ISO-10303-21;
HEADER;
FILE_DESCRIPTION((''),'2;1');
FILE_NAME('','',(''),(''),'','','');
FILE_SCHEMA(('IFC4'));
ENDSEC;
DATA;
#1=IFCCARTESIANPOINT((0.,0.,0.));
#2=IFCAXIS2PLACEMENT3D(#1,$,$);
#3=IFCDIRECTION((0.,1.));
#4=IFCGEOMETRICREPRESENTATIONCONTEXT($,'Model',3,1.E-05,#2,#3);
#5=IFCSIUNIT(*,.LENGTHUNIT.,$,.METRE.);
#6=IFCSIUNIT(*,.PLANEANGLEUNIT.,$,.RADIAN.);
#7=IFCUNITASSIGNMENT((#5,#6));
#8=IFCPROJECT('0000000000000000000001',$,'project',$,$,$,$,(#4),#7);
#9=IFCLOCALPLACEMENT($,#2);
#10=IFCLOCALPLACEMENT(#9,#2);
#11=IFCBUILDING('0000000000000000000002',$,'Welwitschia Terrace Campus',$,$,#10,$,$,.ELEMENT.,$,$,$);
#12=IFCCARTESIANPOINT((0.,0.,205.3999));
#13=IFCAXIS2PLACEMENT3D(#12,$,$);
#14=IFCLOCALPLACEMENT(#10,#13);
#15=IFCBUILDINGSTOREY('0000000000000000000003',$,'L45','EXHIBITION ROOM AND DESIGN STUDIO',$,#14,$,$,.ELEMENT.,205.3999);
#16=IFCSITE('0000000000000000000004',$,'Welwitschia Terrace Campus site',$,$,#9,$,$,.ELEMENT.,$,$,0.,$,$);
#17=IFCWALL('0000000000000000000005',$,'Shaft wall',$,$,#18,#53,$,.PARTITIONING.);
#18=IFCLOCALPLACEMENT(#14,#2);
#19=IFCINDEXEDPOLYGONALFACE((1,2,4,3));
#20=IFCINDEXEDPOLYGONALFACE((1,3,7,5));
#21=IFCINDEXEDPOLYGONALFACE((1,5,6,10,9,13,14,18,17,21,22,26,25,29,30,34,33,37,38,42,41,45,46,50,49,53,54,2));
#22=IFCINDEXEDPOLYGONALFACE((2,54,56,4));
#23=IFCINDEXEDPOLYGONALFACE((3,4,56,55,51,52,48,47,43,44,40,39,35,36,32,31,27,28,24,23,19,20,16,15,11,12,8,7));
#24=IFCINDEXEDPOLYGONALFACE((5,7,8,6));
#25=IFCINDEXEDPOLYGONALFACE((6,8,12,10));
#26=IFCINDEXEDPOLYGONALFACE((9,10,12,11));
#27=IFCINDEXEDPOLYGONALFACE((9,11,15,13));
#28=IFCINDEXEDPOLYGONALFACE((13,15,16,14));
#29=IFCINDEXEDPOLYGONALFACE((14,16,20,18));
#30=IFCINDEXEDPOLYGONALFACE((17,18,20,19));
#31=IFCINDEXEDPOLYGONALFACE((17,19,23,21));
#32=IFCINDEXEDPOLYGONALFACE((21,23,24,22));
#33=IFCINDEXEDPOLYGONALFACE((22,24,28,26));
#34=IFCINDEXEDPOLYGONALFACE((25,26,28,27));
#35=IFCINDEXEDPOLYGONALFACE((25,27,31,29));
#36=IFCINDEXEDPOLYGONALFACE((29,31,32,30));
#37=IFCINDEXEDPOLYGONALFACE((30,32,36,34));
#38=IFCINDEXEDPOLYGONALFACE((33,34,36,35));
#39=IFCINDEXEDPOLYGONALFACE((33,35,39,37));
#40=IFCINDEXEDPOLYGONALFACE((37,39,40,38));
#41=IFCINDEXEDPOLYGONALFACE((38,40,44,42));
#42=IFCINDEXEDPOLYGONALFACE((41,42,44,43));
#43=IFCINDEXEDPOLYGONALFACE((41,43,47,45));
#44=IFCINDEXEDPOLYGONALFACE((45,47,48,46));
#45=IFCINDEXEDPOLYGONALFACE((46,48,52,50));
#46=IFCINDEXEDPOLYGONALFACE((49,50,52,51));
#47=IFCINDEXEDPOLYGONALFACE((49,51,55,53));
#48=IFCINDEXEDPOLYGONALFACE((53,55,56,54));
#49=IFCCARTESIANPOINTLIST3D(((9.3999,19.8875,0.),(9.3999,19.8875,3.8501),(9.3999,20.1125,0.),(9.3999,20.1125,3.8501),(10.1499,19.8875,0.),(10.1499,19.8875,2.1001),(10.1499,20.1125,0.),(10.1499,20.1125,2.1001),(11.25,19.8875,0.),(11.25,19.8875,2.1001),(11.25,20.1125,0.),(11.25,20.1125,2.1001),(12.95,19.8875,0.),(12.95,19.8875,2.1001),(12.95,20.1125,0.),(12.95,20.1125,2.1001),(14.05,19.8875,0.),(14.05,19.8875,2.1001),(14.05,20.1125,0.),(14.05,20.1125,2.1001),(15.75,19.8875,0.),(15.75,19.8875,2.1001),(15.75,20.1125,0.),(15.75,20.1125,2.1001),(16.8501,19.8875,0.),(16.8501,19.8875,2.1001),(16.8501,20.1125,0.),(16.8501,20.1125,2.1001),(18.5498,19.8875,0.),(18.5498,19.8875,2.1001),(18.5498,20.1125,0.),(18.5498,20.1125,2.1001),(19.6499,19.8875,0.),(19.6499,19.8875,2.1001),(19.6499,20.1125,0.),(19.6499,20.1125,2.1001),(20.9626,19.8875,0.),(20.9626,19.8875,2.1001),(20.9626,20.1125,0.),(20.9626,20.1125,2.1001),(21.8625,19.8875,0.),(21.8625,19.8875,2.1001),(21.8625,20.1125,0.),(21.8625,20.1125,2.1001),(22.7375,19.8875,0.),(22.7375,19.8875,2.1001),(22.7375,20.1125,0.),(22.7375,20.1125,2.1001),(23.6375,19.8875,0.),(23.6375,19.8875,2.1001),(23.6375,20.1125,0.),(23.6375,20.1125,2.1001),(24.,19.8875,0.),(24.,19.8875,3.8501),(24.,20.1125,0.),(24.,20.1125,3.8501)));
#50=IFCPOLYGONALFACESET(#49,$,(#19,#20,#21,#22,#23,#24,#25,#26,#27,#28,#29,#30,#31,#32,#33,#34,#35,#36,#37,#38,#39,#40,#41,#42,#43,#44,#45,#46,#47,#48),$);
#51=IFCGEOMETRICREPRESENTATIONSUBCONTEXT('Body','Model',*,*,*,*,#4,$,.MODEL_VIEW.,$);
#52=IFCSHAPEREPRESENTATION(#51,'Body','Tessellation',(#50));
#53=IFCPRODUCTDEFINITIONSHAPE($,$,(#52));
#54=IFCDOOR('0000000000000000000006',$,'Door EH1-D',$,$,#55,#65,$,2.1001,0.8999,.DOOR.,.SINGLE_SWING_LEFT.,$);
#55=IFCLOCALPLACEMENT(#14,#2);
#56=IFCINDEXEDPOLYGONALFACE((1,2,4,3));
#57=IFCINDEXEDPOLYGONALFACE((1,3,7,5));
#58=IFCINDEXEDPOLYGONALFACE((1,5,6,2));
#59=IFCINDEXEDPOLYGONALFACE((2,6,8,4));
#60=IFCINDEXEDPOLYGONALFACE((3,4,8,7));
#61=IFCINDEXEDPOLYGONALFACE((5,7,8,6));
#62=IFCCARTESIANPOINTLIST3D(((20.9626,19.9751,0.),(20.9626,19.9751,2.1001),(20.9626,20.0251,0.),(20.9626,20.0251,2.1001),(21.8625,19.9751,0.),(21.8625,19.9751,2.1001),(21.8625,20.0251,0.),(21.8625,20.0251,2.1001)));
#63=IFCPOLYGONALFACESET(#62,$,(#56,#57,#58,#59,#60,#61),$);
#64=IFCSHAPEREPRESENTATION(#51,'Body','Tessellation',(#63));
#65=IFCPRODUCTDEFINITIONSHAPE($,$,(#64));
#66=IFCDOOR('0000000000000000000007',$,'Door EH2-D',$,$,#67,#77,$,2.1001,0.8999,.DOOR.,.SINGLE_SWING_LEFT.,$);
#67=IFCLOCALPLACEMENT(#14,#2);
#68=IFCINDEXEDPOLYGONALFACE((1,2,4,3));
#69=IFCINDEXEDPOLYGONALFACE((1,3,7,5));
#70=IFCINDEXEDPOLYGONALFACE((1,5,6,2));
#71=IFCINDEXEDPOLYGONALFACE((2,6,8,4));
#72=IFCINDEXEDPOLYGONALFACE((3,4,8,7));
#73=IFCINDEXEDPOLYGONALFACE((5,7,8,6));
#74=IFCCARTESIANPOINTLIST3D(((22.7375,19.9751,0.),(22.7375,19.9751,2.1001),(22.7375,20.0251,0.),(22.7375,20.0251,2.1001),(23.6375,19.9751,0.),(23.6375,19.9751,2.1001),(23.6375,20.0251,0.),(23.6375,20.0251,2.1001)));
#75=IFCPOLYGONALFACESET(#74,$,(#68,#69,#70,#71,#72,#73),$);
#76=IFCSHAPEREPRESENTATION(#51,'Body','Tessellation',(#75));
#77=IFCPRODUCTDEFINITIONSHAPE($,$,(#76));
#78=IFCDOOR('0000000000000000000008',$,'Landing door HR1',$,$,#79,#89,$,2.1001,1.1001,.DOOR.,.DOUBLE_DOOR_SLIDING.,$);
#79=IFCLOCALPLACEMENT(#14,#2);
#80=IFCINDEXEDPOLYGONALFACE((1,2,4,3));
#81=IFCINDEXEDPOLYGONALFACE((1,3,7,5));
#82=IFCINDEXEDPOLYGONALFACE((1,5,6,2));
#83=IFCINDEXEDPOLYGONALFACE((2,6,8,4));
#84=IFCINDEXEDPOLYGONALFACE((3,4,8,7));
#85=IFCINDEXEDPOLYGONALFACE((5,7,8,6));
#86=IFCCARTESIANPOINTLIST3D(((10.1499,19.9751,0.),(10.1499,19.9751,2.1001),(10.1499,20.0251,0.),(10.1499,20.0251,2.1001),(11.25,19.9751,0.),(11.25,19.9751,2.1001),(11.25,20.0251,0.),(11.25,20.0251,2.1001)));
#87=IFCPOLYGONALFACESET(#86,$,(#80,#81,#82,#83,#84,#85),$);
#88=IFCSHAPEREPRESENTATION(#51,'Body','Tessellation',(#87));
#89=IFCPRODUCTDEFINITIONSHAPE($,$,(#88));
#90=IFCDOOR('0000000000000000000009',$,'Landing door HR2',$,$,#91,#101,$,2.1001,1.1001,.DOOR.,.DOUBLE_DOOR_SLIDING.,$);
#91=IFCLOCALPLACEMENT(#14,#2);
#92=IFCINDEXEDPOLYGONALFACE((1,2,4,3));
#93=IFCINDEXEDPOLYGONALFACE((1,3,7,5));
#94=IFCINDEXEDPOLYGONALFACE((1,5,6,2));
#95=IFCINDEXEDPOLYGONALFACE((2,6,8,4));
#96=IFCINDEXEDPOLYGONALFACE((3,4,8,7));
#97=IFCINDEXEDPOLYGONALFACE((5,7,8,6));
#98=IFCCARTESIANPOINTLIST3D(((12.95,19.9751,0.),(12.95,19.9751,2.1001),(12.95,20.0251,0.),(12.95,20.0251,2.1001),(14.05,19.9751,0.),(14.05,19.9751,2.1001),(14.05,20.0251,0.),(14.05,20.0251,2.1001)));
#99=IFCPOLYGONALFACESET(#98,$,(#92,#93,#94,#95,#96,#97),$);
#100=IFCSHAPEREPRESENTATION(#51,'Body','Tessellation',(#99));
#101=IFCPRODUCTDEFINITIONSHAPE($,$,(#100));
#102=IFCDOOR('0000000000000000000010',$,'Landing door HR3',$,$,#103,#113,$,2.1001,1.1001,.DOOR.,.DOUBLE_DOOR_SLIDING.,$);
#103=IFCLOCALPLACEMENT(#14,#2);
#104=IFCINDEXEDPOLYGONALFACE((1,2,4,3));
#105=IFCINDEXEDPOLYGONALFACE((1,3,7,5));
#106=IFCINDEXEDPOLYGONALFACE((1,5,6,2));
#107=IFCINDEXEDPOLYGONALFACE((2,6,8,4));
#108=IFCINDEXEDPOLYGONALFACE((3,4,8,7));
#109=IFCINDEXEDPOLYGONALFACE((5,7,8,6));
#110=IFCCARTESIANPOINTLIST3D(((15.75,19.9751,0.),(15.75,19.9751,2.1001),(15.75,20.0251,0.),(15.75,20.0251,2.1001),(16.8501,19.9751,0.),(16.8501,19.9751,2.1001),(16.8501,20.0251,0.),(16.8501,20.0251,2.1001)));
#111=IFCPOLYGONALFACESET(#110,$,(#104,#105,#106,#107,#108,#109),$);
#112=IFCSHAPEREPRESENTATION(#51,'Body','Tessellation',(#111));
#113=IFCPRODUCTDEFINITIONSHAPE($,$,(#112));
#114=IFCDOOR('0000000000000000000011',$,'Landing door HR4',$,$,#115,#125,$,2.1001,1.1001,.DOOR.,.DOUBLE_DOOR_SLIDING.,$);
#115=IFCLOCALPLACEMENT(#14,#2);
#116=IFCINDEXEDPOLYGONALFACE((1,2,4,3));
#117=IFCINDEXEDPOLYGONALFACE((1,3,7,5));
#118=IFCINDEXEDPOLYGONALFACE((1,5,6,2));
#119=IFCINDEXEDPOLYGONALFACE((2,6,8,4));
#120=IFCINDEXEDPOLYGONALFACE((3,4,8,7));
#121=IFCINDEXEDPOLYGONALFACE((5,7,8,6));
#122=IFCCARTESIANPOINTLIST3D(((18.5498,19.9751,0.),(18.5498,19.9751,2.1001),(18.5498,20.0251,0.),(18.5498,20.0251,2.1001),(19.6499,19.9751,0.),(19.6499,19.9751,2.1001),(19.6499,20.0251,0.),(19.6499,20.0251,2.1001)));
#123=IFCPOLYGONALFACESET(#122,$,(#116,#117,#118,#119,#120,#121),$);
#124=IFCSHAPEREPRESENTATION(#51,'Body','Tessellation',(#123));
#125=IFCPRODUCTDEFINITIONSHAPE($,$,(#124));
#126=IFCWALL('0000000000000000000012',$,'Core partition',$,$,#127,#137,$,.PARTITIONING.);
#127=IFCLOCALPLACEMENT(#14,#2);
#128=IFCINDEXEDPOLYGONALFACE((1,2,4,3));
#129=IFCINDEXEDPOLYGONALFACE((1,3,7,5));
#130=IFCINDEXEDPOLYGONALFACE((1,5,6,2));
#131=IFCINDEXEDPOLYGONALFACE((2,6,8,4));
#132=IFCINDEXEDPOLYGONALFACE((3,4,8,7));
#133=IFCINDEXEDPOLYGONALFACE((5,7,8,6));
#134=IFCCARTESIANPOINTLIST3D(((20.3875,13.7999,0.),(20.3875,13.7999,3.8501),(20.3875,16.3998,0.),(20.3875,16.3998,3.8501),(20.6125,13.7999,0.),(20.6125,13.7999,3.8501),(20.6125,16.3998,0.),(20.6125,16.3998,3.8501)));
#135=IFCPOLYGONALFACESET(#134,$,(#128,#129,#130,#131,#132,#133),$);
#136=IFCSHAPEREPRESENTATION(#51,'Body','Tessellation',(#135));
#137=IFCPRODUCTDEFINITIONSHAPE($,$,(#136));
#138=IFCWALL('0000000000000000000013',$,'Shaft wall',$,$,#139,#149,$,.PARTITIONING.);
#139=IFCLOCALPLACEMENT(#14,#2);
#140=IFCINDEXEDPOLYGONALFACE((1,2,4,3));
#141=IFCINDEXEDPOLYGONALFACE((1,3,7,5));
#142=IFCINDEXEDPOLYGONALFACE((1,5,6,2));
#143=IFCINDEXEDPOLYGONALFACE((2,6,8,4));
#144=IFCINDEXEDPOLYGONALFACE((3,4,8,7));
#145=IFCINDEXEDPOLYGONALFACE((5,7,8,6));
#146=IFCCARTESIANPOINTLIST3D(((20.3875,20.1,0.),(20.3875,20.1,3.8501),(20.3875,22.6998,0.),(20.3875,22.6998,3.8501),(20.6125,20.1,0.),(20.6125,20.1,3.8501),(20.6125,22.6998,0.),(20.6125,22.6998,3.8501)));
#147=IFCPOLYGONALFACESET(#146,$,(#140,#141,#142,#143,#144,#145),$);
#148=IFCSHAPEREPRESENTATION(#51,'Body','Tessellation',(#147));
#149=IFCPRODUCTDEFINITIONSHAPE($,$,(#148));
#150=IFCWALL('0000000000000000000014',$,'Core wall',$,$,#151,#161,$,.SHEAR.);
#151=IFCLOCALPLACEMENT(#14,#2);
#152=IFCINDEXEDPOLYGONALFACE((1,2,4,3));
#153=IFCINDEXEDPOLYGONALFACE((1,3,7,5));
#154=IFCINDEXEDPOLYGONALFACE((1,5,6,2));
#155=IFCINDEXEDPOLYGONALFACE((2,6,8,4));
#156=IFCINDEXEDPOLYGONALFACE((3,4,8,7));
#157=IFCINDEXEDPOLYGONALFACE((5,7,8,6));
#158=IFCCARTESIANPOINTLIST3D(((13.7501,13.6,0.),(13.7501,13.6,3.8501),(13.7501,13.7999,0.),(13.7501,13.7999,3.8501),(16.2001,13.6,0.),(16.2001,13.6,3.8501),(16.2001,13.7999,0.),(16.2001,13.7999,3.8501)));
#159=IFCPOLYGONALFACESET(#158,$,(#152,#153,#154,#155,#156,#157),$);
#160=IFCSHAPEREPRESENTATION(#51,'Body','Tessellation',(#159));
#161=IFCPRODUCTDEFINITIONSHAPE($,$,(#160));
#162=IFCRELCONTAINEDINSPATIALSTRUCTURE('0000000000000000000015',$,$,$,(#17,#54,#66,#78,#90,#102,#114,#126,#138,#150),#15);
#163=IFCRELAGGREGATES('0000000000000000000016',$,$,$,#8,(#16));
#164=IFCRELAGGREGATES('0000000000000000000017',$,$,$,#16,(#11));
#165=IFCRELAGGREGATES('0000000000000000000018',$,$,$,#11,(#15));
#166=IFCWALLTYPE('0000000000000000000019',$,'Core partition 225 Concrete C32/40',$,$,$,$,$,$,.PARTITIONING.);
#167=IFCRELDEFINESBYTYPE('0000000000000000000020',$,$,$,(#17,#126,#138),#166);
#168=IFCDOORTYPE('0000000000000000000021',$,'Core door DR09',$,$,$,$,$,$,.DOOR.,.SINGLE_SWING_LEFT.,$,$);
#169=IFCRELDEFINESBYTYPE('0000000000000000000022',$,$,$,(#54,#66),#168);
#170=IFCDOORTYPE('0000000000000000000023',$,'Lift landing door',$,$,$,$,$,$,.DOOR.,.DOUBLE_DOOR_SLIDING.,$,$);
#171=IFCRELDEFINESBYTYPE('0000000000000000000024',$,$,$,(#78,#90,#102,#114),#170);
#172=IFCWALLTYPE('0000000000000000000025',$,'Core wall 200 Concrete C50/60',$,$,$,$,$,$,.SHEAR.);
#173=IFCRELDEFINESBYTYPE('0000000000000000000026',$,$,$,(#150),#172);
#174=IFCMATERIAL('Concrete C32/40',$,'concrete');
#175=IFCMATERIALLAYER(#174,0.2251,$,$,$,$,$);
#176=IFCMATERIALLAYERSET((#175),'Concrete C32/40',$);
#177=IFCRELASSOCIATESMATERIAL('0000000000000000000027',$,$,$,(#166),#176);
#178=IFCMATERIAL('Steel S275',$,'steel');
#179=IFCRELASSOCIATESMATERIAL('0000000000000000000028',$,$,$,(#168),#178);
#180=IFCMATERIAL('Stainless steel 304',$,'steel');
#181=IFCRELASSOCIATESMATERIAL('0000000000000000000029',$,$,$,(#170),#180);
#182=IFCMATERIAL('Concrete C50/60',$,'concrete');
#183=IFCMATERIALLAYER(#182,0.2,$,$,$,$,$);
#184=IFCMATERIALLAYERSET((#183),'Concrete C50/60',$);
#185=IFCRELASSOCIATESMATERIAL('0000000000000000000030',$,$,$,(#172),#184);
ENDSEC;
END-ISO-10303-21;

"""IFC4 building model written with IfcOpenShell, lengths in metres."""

from ifc_helpers import new_model, si_unit, direction, frame, frame_2d, origin, place, context, subcontext, project, spatial, rectangle, extrude, material, layer, layer_set, type_object, element, fill, save


model = new_model("IFC4")

# Units and contexts
model_context = context("Model", 3, precision=1e-05, world=origin(), true_north=direction((0.0, 1.0)))
body_context = subcontext(model_context, "Body", "Model", "MODEL_VIEW")
ifc_project = project(units=[si_unit("LENGTHUNIT", "METRE"), si_unit("PLANEANGLEUNIT", "RADIAN")], contexts=[model_context])

# Site, building, storey
site_placement = place(None, origin())
site = spatial("IfcSite", under=ifc_project, at=site_placement, Name="Welwitschia Terrace Campus site", CompositionType="ELEMENT", RefElevation=0.0)
building_placement = place(site_placement, origin())
building = spatial("IfcBuilding", under=site, at=building_placement, Name="Welwitschia Terrace Campus", CompositionType="ELEMENT")
storey_placement = place(building_placement, frame((0.0, 0.0, 205.3999)))
storey = spatial("IfcBuildingStorey", under=building, at=storey_placement, Name="L45", Description="EXHIBITION ROOM AND DESIGN STUDIO", CompositionType="ELEMENT", Elevation=205.3999)

# Shared definitions
ifc_material_1 = material(Name="Concrete C32/40", Category="concrete")
ifc_layer_1 = layer(ifc_material_1, 0.2251)
ifc_layer_set_1 = layer_set([ifc_layer_1], Name="Concrete C32/40")
wall_type_1 = type_object("IfcWallType", Name="Core partition 225 Concrete C32/40", PredefinedType="PARTITIONING", material=ifc_layer_set_1)

# Wall, openings, doors
wall_1_placement = place(storey_placement, frame((24.0, 20.0, 0.0), z_axis=(0.0, 0.0, 1.0), x_axis=(-1.0, 0.0, 0.0)))
wall_1 = element("IfcWall", 1, at=wall_1_placement, inside=storey, type_object=wall_type_1, Name="Shaft wall", PredefinedType="PARTITIONING", context=body_context, shape_type="SweptSolid", body=[
    extrude(rectangle(XDim=14.6001, YDim=0.2251, at=frame_2d((7.3, 0.0))), origin(), (0.0, 0.0, 1.0), 3.8501),
])
opening_1_placement = place(wall_1_placement, frame((12.75, 0.0, 0.0)))
opening_1 = element("IfcOpeningElement", 2, at=opening_1_placement, cuts=wall_1, PredefinedType="OPENING", context=body_context, shape_type="SweptSolid", body=[
    extrude(rectangle(XDim=1.1001, YDim=2.1001, at=frame_2d((0.55, 1.05))), frame((0.0, 0.1226, 0.0), z_axis=(0.0, -1.0, 0.0), x_axis=(1.0, 0.0, 0.0)), (0.0, 0.0, 1.0), 0.2451),
])
opening_2_placement = place(wall_1_placement, frame((9.95, 0.0, 0.0)))
opening_2 = element("IfcOpeningElement", 3, at=opening_2_placement, cuts=wall_1, PredefinedType="OPENING", context=body_context, shape_type="SweptSolid", body=[
    extrude(rectangle(XDim=1.1001, YDim=2.1001, at=frame_2d((0.55, 1.05))), frame((0.0, 0.1226, 0.0), z_axis=(0.0, -1.0, 0.0), x_axis=(1.0, 0.0, 0.0)), (0.0, 0.0, 1.0), 0.2451),
])
opening_3_placement = place(wall_1_placement, frame((7.1499, 0.0, 0.0)))
opening_3 = element("IfcOpeningElement", 4, at=opening_3_placement, cuts=wall_1, PredefinedType="OPENING", context=body_context, shape_type="SweptSolid", body=[
    extrude(rectangle(XDim=1.1001, YDim=2.1001, at=frame_2d((0.55, 1.05))), frame((0.0, 0.1226, 0.0), z_axis=(0.0, -1.0, 0.0), x_axis=(1.0, 0.0, 0.0)), (0.0, 0.0, 1.0), 0.2451),
])
opening_4_placement = place(wall_1_placement, frame((4.3501, 0.0, 0.0)))
opening_4 = element("IfcOpeningElement", 5, at=opening_4_placement, cuts=wall_1, PredefinedType="OPENING", context=body_context, shape_type="SweptSolid", body=[
    extrude(rectangle(XDim=1.1001, YDim=2.1001, at=frame_2d((0.55, 1.05))), frame((0.0, 0.1226, 0.0), z_axis=(0.0, -1.0, 0.0), x_axis=(1.0, 0.0, 0.0)), (0.0, 0.0, 1.0), 0.2451),
])
opening_5_placement = place(wall_1_placement, frame((2.1375, 0.0, 0.0)))
opening_5 = element("IfcOpeningElement", 6, at=opening_5_placement, cuts=wall_1, PredefinedType="OPENING", context=body_context, shape_type="SweptSolid", body=[
    extrude(rectangle(XDim=0.8999, YDim=2.1001, at=frame_2d((0.45, 1.05))), frame((0.0, 0.1226, 0.0), z_axis=(0.0, -1.0, 0.0), x_axis=(1.0, 0.0, 0.0)), (0.0, 0.0, 1.0), 0.2451),
])
opening_6_placement = place(wall_1_placement, frame((0.3625, 0.0, 0.0)))
opening_6 = element("IfcOpeningElement", 7, at=opening_6_placement, cuts=wall_1, PredefinedType="OPENING", context=body_context, shape_type="SweptSolid", body=[
    extrude(rectangle(XDim=0.8999, YDim=2.1001, at=frame_2d((0.45, 1.05))), frame((0.0, 0.1226, 0.0), z_axis=(0.0, -1.0, 0.0), x_axis=(1.0, 0.0, 0.0)), (0.0, 0.0, 1.0), 0.2451),
])
ifc_material_2 = material(Name="Steel S275", Category="steel")
door_type_1 = type_object("IfcDoorType", Name="Core door DR09", OperationType="SINGLE_SWING_LEFT", PredefinedType="DOOR", material=ifc_material_2)
door_1_placement = place(opening_5_placement, origin())
door_1 = element("IfcDoor", 8, at=door_1_placement, inside=storey, type_object=door_type_1, Name="Door EH1-D", OperationType="SINGLE_SWING_LEFT", OverallHeight=2.1001, OverallWidth=0.8999, PredefinedType="DOOR", context=body_context, shape_type="SweptSolid", body=[
    extrude(rectangle(XDim=0.8999, YDim=2.1001, at=frame_2d((0.45, 1.05))), frame((0.0, 0.0249, 0.0), z_axis=(0.0, -1.0, 0.0), x_axis=(1.0, 0.0, 0.0)), (0.0, 0.0, 1.0), 0.05),
])
fill(opening_5, door_1)
door_2_placement = place(opening_6_placement, origin())
door_2 = element("IfcDoor", 9, at=door_2_placement, inside=storey, type_object=door_type_1, Name="Door EH2-D", OperationType="SINGLE_SWING_LEFT", OverallHeight=2.1001, OverallWidth=0.8999, PredefinedType="DOOR", context=body_context, shape_type="SweptSolid", body=[
    extrude(rectangle(XDim=0.8999, YDim=2.1001, at=frame_2d((0.45, 1.05))), frame((0.0, 0.0249, 0.0), z_axis=(0.0, -1.0, 0.0), x_axis=(1.0, 0.0, 0.0)), (0.0, 0.0, 1.0), 0.05),
])
fill(opening_6, door_2)
ifc_material_3 = material(Name="Stainless steel 304", Category="steel")
door_type_2 = type_object("IfcDoorType", Name="Lift landing door", OperationType="DOUBLE_DOOR_SLIDING", PredefinedType="DOOR", material=ifc_material_3)
door_3_placement = place(opening_1_placement, origin())
door_3 = element("IfcDoor", 10, at=door_3_placement, inside=storey, type_object=door_type_2, Name="Landing door HR1", OperationType="DOUBLE_DOOR_SLIDING", OverallHeight=2.1001, OverallWidth=1.1001, PredefinedType="DOOR", context=body_context, shape_type="SweptSolid", body=[
    extrude(rectangle(XDim=1.1001, YDim=2.1001, at=frame_2d((0.55, 1.05))), frame((0.0, 0.0249, 0.0), z_axis=(0.0, -1.0, 0.0), x_axis=(1.0, 0.0, 0.0)), (0.0, 0.0, 1.0), 0.05),
])
fill(opening_1, door_3)
door_4_placement = place(opening_2_placement, origin())
door_4 = element("IfcDoor", 11, at=door_4_placement, inside=storey, type_object=door_type_2, Name="Landing door HR2", OperationType="DOUBLE_DOOR_SLIDING", OverallHeight=2.1001, OverallWidth=1.1001, PredefinedType="DOOR", context=body_context, shape_type="SweptSolid", body=[
    extrude(rectangle(XDim=1.1001, YDim=2.1001, at=frame_2d((0.55, 1.05))), frame((0.0, 0.0249, 0.0), z_axis=(0.0, -1.0, 0.0), x_axis=(1.0, 0.0, 0.0)), (0.0, 0.0, 1.0), 0.05),
])
fill(opening_2, door_4)
door_5_placement = place(opening_3_placement, origin())
door_5 = element("IfcDoor", 12, at=door_5_placement, inside=storey, type_object=door_type_2, Name="Landing door HR3", OperationType="DOUBLE_DOOR_SLIDING", OverallHeight=2.1001, OverallWidth=1.1001, PredefinedType="DOOR", context=body_context, shape_type="SweptSolid", body=[
    extrude(rectangle(XDim=1.1001, YDim=2.1001, at=frame_2d((0.55, 1.05))), frame((0.0, 0.0249, 0.0), z_axis=(0.0, -1.0, 0.0), x_axis=(1.0, 0.0, 0.0)), (0.0, 0.0, 1.0), 0.05),
])
fill(opening_3, door_5)
door_6_placement = place(opening_4_placement, origin())
door_6 = element("IfcDoor", 13, at=door_6_placement, inside=storey, type_object=door_type_2, Name="Landing door HR4", OperationType="DOUBLE_DOOR_SLIDING", OverallHeight=2.1001, OverallWidth=1.1001, PredefinedType="DOOR", context=body_context, shape_type="SweptSolid", body=[
    extrude(rectangle(XDim=1.1001, YDim=2.1001, at=frame_2d((0.55, 1.05))), frame((0.0, 0.0249, 0.0), z_axis=(0.0, -1.0, 0.0), x_axis=(1.0, 0.0, 0.0)), (0.0, 0.0, 1.0), 0.05),
])
fill(opening_4, door_6)

# Walls
for number, where, z_axis, x_axis, name in (
    (14, (20.5, 13.8, 0.0), (0.0, 0.0, 1.0), (0.0, 1.0, 0.0), "Core partition"),
    (15, (20.5, 20.1001, 0.0), (0.0, 0.0, 1.0), (0.0, 1.0, 0.0), "Shaft wall"),
):
    element("IfcWall", number, at=place(storey_placement, frame(where, z_axis=z_axis, x_axis=x_axis)), inside=storey, type_object=wall_type_1, Name=name, PredefinedType="PARTITIONING", context=body_context, shape_type="SweptSolid", body=[
        extrude(rectangle(XDim=2.5999, YDim=0.2251, at=frame_2d((1.2998, 0.0))), origin(), (0.0, 0.0, 1.0), 3.8501),
    ])
ifc_material_4 = material(Name="Concrete C50/60", Category="concrete")
ifc_layer_2 = layer(ifc_material_4, 0.2)
ifc_layer_set_2 = layer_set([ifc_layer_2], Name="Concrete C50/60")
wall_type_2 = type_object("IfcWallType", Name="Core wall 200 Concrete C50/60", PredefinedType="SHEAR", material=ifc_layer_set_2)
wall_2_placement = place(storey_placement, frame((13.75, 13.7, 0.0), z_axis=(0.0, 0.0, 1.0), x_axis=(1.0, 0.0, 0.0)))
element("IfcWall", 16, at=wall_2_placement, inside=storey, type_object=wall_type_2, Name="Core wall", PredefinedType="SHEAR", context=body_context, shape_type="SweptSolid", body=[
    extrude(rectangle(XDim=2.45, YDim=0.2, at=frame_2d((1.2251, 0.0))), origin(), (0.0, 0.0, 1.0), 3.8501),
])

save(model, "model.ifc")
